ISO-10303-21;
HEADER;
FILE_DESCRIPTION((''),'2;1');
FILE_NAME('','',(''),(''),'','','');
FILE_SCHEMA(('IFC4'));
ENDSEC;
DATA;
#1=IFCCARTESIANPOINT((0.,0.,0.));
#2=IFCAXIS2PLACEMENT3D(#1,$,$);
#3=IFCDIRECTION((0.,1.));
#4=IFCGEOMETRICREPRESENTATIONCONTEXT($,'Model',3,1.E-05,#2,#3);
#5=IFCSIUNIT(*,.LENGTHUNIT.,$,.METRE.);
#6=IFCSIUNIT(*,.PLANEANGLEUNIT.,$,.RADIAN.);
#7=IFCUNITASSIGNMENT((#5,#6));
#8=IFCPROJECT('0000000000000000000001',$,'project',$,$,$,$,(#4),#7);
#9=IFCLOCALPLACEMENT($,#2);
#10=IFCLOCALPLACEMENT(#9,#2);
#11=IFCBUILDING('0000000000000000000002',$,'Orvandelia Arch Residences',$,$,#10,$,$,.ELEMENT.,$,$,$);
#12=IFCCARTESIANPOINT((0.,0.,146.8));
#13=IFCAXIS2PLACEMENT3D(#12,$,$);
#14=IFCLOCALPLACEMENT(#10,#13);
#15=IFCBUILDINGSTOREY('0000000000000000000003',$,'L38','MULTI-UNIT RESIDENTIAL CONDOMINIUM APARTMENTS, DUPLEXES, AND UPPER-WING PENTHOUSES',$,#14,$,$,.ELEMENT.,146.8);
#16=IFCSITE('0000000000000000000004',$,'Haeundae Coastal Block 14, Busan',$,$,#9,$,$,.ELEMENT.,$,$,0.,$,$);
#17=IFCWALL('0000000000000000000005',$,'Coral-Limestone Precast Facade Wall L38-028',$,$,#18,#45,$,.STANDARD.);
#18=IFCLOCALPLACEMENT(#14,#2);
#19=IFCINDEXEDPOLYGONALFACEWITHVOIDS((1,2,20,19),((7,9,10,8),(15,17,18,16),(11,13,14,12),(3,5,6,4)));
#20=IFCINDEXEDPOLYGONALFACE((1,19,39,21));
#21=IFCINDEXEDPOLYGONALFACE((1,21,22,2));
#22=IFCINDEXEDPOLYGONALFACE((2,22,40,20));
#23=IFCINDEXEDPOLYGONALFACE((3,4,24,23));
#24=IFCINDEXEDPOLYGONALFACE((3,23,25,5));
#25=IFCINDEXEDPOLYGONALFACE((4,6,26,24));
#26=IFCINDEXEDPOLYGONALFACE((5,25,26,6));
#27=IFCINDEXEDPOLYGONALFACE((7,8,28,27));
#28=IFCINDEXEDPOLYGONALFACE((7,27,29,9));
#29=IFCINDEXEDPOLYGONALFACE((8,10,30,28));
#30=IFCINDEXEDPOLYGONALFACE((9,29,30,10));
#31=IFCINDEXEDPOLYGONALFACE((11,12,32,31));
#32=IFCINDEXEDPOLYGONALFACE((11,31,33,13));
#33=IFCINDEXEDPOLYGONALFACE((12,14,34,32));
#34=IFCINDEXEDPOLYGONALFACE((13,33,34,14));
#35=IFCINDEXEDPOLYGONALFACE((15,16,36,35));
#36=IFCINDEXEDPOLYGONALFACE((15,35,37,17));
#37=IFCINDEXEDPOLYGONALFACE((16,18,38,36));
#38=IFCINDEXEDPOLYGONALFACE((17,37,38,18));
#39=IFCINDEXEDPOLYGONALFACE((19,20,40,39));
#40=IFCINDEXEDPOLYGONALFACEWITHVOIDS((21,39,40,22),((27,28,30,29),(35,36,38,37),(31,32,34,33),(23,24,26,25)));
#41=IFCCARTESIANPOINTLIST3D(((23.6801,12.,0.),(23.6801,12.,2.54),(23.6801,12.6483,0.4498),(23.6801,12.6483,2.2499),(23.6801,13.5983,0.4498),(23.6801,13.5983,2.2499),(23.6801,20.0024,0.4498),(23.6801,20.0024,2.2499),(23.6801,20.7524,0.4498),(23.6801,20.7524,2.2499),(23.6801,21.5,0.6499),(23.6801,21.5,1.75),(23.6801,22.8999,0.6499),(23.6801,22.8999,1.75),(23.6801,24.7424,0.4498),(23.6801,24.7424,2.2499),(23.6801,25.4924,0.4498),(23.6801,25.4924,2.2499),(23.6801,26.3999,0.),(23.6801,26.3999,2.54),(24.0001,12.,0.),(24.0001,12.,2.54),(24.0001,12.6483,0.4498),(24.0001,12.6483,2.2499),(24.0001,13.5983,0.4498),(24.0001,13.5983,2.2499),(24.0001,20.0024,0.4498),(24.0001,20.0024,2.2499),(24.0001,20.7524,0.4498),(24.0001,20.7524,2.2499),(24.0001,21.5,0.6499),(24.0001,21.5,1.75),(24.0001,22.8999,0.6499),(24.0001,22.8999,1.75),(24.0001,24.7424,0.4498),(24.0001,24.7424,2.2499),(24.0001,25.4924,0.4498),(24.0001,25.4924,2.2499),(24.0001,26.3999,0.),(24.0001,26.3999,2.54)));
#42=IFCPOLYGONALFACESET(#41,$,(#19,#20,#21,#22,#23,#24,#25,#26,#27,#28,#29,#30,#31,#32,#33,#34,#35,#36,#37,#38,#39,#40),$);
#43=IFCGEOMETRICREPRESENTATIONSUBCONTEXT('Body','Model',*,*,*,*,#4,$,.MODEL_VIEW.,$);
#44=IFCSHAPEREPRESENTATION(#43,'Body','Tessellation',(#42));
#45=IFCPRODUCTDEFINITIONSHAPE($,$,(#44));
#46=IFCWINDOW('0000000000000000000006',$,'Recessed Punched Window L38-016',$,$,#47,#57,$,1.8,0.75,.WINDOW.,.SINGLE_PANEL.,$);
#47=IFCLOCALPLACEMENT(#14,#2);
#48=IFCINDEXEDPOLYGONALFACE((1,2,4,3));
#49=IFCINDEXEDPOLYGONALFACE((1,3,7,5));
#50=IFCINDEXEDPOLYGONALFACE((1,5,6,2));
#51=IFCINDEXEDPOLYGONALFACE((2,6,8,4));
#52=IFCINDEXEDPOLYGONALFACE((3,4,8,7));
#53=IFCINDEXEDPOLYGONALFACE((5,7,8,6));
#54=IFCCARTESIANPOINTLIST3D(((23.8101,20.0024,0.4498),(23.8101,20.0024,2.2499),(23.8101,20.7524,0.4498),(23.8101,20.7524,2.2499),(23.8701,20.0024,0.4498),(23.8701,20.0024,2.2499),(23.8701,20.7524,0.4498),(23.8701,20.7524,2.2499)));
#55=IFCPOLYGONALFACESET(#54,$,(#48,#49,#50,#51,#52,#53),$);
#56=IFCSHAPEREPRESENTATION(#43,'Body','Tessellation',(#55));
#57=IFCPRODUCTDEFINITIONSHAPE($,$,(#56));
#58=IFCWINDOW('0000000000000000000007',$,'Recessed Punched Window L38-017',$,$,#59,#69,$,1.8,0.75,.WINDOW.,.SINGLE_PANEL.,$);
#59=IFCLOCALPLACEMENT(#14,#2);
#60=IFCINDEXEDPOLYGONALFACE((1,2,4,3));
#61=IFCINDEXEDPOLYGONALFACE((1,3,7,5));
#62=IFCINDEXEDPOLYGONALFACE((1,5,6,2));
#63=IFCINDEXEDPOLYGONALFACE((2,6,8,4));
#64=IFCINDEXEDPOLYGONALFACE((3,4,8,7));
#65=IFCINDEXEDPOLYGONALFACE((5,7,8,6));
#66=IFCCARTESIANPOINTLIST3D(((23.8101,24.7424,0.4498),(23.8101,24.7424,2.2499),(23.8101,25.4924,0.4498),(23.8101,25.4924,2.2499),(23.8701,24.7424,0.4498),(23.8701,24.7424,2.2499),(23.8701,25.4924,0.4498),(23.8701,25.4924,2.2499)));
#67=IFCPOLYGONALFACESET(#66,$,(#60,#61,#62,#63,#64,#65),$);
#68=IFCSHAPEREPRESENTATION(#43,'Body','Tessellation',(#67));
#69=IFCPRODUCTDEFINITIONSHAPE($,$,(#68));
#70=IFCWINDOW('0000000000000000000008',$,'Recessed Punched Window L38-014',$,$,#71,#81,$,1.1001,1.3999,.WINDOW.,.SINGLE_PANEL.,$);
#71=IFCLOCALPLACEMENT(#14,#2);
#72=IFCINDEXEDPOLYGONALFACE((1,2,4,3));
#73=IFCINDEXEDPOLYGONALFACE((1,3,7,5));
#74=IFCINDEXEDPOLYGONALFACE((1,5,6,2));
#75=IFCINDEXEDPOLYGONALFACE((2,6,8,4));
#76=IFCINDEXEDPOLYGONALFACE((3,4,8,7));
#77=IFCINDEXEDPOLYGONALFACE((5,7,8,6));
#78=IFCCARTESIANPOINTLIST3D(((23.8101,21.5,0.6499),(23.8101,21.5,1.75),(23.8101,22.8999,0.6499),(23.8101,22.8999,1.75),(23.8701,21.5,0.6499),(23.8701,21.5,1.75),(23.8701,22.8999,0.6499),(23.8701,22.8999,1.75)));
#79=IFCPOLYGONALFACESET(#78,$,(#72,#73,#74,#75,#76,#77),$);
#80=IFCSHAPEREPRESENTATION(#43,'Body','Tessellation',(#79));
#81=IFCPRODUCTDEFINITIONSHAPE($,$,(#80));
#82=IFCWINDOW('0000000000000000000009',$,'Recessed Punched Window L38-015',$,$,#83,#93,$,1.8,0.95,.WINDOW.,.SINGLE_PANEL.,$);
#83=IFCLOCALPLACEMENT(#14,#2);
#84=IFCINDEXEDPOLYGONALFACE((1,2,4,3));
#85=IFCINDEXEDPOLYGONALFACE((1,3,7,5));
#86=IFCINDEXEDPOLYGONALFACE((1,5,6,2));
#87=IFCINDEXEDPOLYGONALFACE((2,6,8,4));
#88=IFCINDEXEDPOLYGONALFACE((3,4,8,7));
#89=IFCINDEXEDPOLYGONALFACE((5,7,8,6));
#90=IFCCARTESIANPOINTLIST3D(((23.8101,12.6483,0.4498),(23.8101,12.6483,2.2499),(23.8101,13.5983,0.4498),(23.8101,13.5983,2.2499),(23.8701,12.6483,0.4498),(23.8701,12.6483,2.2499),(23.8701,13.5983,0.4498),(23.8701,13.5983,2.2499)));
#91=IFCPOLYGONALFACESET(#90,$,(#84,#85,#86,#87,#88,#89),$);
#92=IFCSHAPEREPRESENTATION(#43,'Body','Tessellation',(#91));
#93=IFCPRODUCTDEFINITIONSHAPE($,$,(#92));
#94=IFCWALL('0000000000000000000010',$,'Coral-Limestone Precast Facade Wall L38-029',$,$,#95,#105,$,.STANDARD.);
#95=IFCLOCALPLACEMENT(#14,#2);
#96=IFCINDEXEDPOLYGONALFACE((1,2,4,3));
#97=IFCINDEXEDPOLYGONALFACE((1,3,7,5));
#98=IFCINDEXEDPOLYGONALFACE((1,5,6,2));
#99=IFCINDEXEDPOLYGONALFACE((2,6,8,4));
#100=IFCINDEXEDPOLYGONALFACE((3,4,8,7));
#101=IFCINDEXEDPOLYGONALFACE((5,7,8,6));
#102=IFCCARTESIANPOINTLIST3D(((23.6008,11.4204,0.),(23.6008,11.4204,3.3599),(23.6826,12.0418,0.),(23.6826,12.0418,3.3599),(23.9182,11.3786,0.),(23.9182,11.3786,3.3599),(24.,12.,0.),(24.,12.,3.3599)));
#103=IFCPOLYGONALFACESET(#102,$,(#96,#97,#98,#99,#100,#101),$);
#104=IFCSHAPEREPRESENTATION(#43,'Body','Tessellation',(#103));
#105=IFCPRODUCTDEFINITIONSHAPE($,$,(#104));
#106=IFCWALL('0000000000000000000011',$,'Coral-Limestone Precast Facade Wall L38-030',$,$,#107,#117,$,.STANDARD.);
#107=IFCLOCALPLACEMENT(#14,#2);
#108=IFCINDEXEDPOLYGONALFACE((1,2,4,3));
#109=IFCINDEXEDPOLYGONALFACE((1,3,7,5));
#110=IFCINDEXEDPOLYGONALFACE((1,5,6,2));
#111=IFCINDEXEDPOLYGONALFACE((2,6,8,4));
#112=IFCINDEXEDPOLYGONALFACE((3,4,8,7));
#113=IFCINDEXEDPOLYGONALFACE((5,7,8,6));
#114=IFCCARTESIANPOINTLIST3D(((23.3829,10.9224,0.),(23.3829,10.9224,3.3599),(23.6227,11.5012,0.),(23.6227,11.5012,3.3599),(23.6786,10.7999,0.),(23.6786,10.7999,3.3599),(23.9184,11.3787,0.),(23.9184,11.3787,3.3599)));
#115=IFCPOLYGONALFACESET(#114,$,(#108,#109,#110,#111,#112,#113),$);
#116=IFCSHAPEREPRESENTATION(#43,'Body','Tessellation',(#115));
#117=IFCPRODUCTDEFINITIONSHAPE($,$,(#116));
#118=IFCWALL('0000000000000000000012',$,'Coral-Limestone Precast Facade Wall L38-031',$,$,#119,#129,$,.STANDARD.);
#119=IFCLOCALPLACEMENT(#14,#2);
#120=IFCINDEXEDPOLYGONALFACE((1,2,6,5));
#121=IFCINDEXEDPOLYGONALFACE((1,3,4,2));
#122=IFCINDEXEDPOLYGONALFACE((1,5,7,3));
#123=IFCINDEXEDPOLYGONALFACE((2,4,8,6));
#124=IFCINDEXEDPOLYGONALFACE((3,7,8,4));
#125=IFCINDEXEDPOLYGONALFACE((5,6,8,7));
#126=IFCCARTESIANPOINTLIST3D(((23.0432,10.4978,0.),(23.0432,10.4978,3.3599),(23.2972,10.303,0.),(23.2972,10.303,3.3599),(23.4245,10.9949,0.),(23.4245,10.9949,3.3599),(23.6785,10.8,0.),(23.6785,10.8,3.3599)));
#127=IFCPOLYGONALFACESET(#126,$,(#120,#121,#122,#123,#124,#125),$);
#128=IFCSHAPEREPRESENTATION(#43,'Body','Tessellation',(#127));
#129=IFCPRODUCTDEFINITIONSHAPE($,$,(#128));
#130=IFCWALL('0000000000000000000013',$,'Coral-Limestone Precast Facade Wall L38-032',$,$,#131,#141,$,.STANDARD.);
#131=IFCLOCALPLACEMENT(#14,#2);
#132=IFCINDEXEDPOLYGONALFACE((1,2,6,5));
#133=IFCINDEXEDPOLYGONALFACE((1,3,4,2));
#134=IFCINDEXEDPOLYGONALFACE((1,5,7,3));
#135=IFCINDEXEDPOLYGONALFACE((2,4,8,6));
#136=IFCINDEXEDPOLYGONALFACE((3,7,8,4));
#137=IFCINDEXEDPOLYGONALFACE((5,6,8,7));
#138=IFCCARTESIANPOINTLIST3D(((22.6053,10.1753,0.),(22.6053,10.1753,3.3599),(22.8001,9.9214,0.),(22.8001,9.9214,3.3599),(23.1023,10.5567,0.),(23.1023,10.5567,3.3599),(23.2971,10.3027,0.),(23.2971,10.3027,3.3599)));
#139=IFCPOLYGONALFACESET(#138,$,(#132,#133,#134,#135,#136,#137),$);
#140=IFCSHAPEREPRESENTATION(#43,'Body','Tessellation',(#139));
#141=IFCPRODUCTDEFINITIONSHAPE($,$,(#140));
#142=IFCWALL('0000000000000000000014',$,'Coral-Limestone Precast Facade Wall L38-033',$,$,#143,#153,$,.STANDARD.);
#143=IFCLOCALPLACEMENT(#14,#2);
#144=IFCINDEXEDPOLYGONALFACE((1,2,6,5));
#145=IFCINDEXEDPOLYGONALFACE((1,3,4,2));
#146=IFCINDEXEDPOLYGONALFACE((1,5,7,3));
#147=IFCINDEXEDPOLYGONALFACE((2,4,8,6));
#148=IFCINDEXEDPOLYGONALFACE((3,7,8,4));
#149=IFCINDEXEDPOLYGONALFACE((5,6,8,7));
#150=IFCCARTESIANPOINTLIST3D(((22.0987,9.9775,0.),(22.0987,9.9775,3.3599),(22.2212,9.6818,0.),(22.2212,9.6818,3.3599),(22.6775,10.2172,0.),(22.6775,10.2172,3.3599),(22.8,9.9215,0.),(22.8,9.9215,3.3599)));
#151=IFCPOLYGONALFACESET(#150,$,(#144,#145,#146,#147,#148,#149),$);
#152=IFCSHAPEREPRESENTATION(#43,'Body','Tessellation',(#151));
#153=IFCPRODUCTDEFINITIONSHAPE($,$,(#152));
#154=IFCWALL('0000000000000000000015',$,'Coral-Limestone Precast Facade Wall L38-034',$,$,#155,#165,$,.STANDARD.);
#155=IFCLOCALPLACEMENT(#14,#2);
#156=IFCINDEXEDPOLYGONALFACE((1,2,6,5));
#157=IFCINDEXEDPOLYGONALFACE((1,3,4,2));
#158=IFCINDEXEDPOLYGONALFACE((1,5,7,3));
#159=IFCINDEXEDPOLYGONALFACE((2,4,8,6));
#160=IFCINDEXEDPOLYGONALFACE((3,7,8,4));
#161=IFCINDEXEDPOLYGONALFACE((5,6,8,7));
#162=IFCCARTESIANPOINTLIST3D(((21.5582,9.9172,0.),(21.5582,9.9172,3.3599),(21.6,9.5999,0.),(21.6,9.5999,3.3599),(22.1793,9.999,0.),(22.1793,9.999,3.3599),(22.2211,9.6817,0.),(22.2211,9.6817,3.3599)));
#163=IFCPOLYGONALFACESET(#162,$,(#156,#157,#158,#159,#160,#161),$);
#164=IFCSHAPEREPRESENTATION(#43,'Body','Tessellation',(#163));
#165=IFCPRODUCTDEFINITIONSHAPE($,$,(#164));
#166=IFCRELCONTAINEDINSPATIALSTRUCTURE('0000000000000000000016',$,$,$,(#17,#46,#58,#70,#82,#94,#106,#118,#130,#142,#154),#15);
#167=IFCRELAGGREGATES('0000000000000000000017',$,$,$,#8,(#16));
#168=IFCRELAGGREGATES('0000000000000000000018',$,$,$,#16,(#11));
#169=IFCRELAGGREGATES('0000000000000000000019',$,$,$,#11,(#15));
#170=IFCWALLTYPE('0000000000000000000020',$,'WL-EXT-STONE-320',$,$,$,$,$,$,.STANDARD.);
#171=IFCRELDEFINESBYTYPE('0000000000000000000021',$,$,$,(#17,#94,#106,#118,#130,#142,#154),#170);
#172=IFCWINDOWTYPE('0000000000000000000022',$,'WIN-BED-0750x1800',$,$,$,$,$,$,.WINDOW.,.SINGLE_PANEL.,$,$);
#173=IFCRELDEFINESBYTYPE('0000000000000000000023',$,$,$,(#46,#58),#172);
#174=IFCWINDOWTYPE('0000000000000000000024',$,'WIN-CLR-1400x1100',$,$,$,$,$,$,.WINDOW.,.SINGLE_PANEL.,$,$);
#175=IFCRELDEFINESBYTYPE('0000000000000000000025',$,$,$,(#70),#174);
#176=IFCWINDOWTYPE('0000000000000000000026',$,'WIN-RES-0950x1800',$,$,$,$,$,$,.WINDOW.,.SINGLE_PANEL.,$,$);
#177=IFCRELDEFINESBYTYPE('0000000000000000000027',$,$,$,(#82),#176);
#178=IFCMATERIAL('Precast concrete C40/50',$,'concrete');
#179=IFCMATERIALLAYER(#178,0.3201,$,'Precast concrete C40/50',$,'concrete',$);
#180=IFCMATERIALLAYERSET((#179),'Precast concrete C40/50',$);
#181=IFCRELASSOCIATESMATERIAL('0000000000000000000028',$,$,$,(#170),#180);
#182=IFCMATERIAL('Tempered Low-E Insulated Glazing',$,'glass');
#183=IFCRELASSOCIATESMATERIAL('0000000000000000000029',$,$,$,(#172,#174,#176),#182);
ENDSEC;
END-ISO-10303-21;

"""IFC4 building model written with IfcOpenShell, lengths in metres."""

from ifc_helpers import new_model, si_unit, direction, frame, frame_2d, origin, place, context, subcontext, project, spatial, rectangle, extrude, material, layer, layer_set, type_object, element, fill, save


model = new_model("IFC4")

# Units and contexts
model_context = context("Model", 3, precision=1e-05, world=origin(), true_north=direction((0.0, 1.0)))
body_context = subcontext(model_context, "Body", "Model", "MODEL_VIEW")
ifc_project = project(units=[si_unit("LENGTHUNIT", "METRE"), si_unit("PLANEANGLEUNIT", "RADIAN")], contexts=[model_context])

# Site, building, storey
site_placement = place(None, origin())
site = spatial("IfcSite", under=ifc_project, at=site_placement, Name="Haeundae Coastal Block 14, Busan", CompositionType="ELEMENT", RefElevation=0.0)
building_placement = place(site_placement, origin())
building = spatial("IfcBuilding", under=site, at=building_placement, Name="Orvandelia Arch Residences", CompositionType="ELEMENT")
storey_placement = place(building_placement, frame((0.0, 0.0, 146.8)))
storey = spatial("IfcBuildingStorey", under=building, at=storey_placement, Name="L38", Description="MULTI-UNIT RESIDENTIAL CONDOMINIUM APARTMENTS, DUPLEXES, AND UPPER-WING PENTHOUSES", CompositionType="ELEMENT", Elevation=146.8)

# Wall, openings, windows
ifc_material_1 = material(Name="Precast concrete C40/50", Category="concrete")
ifc_layer = layer(ifc_material_1, 0.3201, Name="Precast concrete C40/50", Category="concrete")
ifc_layer_set = layer_set([ifc_layer], Name="Precast concrete C40/50")
wall_type = type_object("IfcWallType", Name="WL-EXT-STONE-320", PredefinedType="STANDARD", material=ifc_layer_set)
wall_1_placement = place(storey_placement, frame((23.8401, 26.3999, 0.0), z_axis=(0.0, 0.0, 1.0), x_axis=(0.0, -1.0, 0.0)))
wall_1 = element("IfcWall", 1, at=wall_1_placement, inside=storey, type_object=wall_type, Name="Coral-Limestone Precast Facade Wall L38-028", PredefinedType="STANDARD", context=body_context, shape_type="SweptSolid", body=[
    extrude(rectangle(XDim=14.3999, YDim=0.3201, at=frame_2d((7.2, 0.0))), origin(), (0.0, 0.0, 1.0), 2.54),
])
opening_1_placement = place(wall_1_placement, frame((3.5, 0.0, 0.6499)))
opening_1 = element("IfcOpeningElement", 2, at=opening_1_placement, cuts=wall_1, PredefinedType="OPENING", context=body_context, shape_type="SweptSolid", body=[
    extrude(rectangle(XDim=1.3999, YDim=1.1001, at=frame_2d((0.7, 0.55))), frame((0.0, 0.1699, 0.0), z_axis=(0.0, -1.0, 0.0), x_axis=(1.0, 0.0, 0.0)), (0.0, 0.0, 1.0), 0.3401),
])
opening_2_placement = place(wall_1_placement, frame((12.8015, 0.0, 0.45)))
opening_2 = element("IfcOpeningElement", 3, at=opening_2_placement, cuts=wall_1, PredefinedType="OPENING", context=body_context, shape_type="SweptSolid", body=[
    extrude(rectangle(XDim=0.95, YDim=1.8, at=frame_2d((0.4751, 0.8999))), frame((0.0, 0.1699, 0.0), z_axis=(0.0, -1.0, 0.0), x_axis=(1.0, 0.0, 0.0)), (0.0, 0.0, 1.0), 0.3401),
])
opening_3_placement = place(wall_1_placement, frame((5.6475, 0.0, 0.45)))
opening_3 = element("IfcOpeningElement", 4, at=opening_3_placement, cuts=wall_1, PredefinedType="OPENING", context=body_context, shape_type="SweptSolid", body=[
    extrude(rectangle(XDim=0.75, YDim=1.8, at=frame_2d((0.375, 0.8999))), frame((0.0, 0.1699, 0.0), z_axis=(0.0, -1.0, 0.0), x_axis=(1.0, 0.0, 0.0)), (0.0, 0.0, 1.0), 0.3401),
])
opening_4_placement = place(wall_1_placement, frame((0.9075, 0.0, 0.45)))
opening_4 = element("IfcOpeningElement", 5, at=opening_4_placement, cuts=wall_1, PredefinedType="OPENING", context=body_context, shape_type="SweptSolid", body=[
    extrude(rectangle(XDim=0.75, YDim=1.8, at=frame_2d((0.375, 0.8999))), frame((0.0, 0.1699, 0.0), z_axis=(0.0, -1.0, 0.0), x_axis=(1.0, 0.0, 0.0)), (0.0, 0.0, 1.0), 0.3401),
])
ifc_material_2 = material(Name="Tempered Low-E Insulated Glazing", Category="glass")
window_type_1 = type_object("IfcWindowType", Name="WIN-BED-0750x1800", PartitioningType="SINGLE_PANEL", PredefinedType="WINDOW", material=ifc_material_2)
window_1_placement = place(opening_3_placement, origin())
window_1 = element("IfcWindow", 6, at=window_1_placement, inside=storey, type_object=window_type_1, Name="Recessed Punched Window L38-016", OverallHeight=1.8, OverallWidth=0.75, PartitioningType="SINGLE_PANEL", PredefinedType="WINDOW", context=body_context, shape_type="SweptSolid", body=[
    extrude(rectangle(XDim=0.75, YDim=1.8, at=frame_2d((0.375, 0.8999))), frame((0.0, 0.03, 0.0), z_axis=(0.0, -1.0, 0.0), x_axis=(1.0, 0.0, 0.0)), (0.0, 0.0, 1.0), 0.0601),
])
fill(opening_3, window_1)
window_2_placement = place(opening_4_placement, origin())
window_2 = element("IfcWindow", 7, at=window_2_placement, inside=storey, type_object=window_type_1, Name="Recessed Punched Window L38-017", OverallHeight=1.8, OverallWidth=0.75, PartitioningType="SINGLE_PANEL", PredefinedType="WINDOW", context=body_context, shape_type="SweptSolid", body=[
    extrude(rectangle(XDim=0.75, YDim=1.8, at=frame_2d((0.375, 0.8999))), frame((0.0, 0.03, 0.0), z_axis=(0.0, -1.0, 0.0), x_axis=(1.0, 0.0, 0.0)), (0.0, 0.0, 1.0), 0.0601),
])
fill(opening_4, window_2)
window_type_2 = type_object("IfcWindowType", Name="WIN-CLR-1400x1100", PartitioningType="SINGLE_PANEL", PredefinedType="WINDOW", material=ifc_material_2)
window_3_placement = place(opening_1_placement, origin())
window_3 = element("IfcWindow", 8, at=window_3_placement, inside=storey, type_object=window_type_2, Name="Recessed Punched Window L38-014", OverallHeight=1.1001, OverallWidth=1.3999, PartitioningType="SINGLE_PANEL", PredefinedType="WINDOW", context=body_context, shape_type="SweptSolid", body=[
    extrude(rectangle(XDim=1.3999, YDim=1.1001, at=frame_2d((0.7, 0.55))), frame((0.0, 0.03, 0.0), z_axis=(0.0, -1.0, 0.0), x_axis=(1.0, 0.0, 0.0)), (0.0, 0.0, 1.0), 0.0601),
])
fill(opening_1, window_3)
window_type_3 = type_object("IfcWindowType", Name="WIN-RES-0950x1800", PartitioningType="SINGLE_PANEL", PredefinedType="WINDOW", material=ifc_material_2)
window_4_placement = place(opening_2_placement, origin())
window_4 = element("IfcWindow", 9, at=window_4_placement, inside=storey, type_object=window_type_3, Name="Recessed Punched Window L38-015", OverallHeight=1.8, OverallWidth=0.95, PartitioningType="SINGLE_PANEL", PredefinedType="WINDOW", context=body_context, shape_type="SweptSolid", body=[
    extrude(rectangle(XDim=0.95, YDim=1.8, at=frame_2d((0.4751, 0.8999))), frame((0.0, 0.03, 0.0), z_axis=(0.0, -1.0, 0.0), x_axis=(1.0, 0.0, 0.0)), (0.0, 0.0, 1.0), 0.0601),
])
fill(opening_2, window_4)

# Walls
wall_2_placement = place(storey_placement, frame((23.8413, 12.021, 0.0), z_axis=(0.0, 0.0, 1.0), x_axis=(-0.130505, -0.991448, 0.0)))
element("IfcWall", 10, at=wall_2_placement, inside=storey, type_object=wall_type, Name="Coral-Limestone Precast Facade Wall L38-029", PredefinedType="STANDARD", context=body_context, shape_type="SweptSolid", body=[
    extrude(rectangle(XDim=0.6267, YDim=0.3201, at=frame_2d((0.3135, 0.0))), origin(), (0.0, 0.0, 1.0), 3.3599),
])
for number, where, z_axis, x_axis, name in (
    (11, (23.7705, 11.4399, 0.0), (0.0, 0.0, 1.0), (-0.38265, -0.923893, 0.0), "Coral-Limestone Precast Facade Wall L38-030"),
    (12, (23.5515, 10.8975, 0.0), (0.0, 0.0, 1.0), (-0.608693, -0.793406, 0.0), "Coral-Limestone Precast Facade Wall L38-031"),
    (13, (23.1997, 10.4297, 0.0), (0.0, 0.0, 1.0), (-0.793406, -0.608693, 0.0), "Coral-Limestone Precast Facade Wall L38-032"),
    (14, (22.7388, 10.0693, 0.0), (0.0, 0.0, 1.0), (-0.923893, -0.38265, 0.0), "Coral-Limestone Precast Facade Wall L38-033"),
    (15, (22.2002, 9.8403, 0.0), (0.0, 0.0, 1.0), (-0.991441, -0.130555, 0.0), "Coral-Limestone Precast Facade Wall L38-034"),
):
    element("IfcWall", number, at=place(storey_placement, frame(where, z_axis=z_axis, x_axis=x_axis)), inside=storey, type_object=wall_type, Name=name, PredefinedType="STANDARD", context=body_context, shape_type="SweptSolid", body=[
        extrude(rectangle(XDim=0.6265, YDim=0.3201, at=frame_2d((0.3132, 0.0))), origin(), (0.0, 0.0, 1.0), 3.3599),
    ])

save(model, "model.ifc")
